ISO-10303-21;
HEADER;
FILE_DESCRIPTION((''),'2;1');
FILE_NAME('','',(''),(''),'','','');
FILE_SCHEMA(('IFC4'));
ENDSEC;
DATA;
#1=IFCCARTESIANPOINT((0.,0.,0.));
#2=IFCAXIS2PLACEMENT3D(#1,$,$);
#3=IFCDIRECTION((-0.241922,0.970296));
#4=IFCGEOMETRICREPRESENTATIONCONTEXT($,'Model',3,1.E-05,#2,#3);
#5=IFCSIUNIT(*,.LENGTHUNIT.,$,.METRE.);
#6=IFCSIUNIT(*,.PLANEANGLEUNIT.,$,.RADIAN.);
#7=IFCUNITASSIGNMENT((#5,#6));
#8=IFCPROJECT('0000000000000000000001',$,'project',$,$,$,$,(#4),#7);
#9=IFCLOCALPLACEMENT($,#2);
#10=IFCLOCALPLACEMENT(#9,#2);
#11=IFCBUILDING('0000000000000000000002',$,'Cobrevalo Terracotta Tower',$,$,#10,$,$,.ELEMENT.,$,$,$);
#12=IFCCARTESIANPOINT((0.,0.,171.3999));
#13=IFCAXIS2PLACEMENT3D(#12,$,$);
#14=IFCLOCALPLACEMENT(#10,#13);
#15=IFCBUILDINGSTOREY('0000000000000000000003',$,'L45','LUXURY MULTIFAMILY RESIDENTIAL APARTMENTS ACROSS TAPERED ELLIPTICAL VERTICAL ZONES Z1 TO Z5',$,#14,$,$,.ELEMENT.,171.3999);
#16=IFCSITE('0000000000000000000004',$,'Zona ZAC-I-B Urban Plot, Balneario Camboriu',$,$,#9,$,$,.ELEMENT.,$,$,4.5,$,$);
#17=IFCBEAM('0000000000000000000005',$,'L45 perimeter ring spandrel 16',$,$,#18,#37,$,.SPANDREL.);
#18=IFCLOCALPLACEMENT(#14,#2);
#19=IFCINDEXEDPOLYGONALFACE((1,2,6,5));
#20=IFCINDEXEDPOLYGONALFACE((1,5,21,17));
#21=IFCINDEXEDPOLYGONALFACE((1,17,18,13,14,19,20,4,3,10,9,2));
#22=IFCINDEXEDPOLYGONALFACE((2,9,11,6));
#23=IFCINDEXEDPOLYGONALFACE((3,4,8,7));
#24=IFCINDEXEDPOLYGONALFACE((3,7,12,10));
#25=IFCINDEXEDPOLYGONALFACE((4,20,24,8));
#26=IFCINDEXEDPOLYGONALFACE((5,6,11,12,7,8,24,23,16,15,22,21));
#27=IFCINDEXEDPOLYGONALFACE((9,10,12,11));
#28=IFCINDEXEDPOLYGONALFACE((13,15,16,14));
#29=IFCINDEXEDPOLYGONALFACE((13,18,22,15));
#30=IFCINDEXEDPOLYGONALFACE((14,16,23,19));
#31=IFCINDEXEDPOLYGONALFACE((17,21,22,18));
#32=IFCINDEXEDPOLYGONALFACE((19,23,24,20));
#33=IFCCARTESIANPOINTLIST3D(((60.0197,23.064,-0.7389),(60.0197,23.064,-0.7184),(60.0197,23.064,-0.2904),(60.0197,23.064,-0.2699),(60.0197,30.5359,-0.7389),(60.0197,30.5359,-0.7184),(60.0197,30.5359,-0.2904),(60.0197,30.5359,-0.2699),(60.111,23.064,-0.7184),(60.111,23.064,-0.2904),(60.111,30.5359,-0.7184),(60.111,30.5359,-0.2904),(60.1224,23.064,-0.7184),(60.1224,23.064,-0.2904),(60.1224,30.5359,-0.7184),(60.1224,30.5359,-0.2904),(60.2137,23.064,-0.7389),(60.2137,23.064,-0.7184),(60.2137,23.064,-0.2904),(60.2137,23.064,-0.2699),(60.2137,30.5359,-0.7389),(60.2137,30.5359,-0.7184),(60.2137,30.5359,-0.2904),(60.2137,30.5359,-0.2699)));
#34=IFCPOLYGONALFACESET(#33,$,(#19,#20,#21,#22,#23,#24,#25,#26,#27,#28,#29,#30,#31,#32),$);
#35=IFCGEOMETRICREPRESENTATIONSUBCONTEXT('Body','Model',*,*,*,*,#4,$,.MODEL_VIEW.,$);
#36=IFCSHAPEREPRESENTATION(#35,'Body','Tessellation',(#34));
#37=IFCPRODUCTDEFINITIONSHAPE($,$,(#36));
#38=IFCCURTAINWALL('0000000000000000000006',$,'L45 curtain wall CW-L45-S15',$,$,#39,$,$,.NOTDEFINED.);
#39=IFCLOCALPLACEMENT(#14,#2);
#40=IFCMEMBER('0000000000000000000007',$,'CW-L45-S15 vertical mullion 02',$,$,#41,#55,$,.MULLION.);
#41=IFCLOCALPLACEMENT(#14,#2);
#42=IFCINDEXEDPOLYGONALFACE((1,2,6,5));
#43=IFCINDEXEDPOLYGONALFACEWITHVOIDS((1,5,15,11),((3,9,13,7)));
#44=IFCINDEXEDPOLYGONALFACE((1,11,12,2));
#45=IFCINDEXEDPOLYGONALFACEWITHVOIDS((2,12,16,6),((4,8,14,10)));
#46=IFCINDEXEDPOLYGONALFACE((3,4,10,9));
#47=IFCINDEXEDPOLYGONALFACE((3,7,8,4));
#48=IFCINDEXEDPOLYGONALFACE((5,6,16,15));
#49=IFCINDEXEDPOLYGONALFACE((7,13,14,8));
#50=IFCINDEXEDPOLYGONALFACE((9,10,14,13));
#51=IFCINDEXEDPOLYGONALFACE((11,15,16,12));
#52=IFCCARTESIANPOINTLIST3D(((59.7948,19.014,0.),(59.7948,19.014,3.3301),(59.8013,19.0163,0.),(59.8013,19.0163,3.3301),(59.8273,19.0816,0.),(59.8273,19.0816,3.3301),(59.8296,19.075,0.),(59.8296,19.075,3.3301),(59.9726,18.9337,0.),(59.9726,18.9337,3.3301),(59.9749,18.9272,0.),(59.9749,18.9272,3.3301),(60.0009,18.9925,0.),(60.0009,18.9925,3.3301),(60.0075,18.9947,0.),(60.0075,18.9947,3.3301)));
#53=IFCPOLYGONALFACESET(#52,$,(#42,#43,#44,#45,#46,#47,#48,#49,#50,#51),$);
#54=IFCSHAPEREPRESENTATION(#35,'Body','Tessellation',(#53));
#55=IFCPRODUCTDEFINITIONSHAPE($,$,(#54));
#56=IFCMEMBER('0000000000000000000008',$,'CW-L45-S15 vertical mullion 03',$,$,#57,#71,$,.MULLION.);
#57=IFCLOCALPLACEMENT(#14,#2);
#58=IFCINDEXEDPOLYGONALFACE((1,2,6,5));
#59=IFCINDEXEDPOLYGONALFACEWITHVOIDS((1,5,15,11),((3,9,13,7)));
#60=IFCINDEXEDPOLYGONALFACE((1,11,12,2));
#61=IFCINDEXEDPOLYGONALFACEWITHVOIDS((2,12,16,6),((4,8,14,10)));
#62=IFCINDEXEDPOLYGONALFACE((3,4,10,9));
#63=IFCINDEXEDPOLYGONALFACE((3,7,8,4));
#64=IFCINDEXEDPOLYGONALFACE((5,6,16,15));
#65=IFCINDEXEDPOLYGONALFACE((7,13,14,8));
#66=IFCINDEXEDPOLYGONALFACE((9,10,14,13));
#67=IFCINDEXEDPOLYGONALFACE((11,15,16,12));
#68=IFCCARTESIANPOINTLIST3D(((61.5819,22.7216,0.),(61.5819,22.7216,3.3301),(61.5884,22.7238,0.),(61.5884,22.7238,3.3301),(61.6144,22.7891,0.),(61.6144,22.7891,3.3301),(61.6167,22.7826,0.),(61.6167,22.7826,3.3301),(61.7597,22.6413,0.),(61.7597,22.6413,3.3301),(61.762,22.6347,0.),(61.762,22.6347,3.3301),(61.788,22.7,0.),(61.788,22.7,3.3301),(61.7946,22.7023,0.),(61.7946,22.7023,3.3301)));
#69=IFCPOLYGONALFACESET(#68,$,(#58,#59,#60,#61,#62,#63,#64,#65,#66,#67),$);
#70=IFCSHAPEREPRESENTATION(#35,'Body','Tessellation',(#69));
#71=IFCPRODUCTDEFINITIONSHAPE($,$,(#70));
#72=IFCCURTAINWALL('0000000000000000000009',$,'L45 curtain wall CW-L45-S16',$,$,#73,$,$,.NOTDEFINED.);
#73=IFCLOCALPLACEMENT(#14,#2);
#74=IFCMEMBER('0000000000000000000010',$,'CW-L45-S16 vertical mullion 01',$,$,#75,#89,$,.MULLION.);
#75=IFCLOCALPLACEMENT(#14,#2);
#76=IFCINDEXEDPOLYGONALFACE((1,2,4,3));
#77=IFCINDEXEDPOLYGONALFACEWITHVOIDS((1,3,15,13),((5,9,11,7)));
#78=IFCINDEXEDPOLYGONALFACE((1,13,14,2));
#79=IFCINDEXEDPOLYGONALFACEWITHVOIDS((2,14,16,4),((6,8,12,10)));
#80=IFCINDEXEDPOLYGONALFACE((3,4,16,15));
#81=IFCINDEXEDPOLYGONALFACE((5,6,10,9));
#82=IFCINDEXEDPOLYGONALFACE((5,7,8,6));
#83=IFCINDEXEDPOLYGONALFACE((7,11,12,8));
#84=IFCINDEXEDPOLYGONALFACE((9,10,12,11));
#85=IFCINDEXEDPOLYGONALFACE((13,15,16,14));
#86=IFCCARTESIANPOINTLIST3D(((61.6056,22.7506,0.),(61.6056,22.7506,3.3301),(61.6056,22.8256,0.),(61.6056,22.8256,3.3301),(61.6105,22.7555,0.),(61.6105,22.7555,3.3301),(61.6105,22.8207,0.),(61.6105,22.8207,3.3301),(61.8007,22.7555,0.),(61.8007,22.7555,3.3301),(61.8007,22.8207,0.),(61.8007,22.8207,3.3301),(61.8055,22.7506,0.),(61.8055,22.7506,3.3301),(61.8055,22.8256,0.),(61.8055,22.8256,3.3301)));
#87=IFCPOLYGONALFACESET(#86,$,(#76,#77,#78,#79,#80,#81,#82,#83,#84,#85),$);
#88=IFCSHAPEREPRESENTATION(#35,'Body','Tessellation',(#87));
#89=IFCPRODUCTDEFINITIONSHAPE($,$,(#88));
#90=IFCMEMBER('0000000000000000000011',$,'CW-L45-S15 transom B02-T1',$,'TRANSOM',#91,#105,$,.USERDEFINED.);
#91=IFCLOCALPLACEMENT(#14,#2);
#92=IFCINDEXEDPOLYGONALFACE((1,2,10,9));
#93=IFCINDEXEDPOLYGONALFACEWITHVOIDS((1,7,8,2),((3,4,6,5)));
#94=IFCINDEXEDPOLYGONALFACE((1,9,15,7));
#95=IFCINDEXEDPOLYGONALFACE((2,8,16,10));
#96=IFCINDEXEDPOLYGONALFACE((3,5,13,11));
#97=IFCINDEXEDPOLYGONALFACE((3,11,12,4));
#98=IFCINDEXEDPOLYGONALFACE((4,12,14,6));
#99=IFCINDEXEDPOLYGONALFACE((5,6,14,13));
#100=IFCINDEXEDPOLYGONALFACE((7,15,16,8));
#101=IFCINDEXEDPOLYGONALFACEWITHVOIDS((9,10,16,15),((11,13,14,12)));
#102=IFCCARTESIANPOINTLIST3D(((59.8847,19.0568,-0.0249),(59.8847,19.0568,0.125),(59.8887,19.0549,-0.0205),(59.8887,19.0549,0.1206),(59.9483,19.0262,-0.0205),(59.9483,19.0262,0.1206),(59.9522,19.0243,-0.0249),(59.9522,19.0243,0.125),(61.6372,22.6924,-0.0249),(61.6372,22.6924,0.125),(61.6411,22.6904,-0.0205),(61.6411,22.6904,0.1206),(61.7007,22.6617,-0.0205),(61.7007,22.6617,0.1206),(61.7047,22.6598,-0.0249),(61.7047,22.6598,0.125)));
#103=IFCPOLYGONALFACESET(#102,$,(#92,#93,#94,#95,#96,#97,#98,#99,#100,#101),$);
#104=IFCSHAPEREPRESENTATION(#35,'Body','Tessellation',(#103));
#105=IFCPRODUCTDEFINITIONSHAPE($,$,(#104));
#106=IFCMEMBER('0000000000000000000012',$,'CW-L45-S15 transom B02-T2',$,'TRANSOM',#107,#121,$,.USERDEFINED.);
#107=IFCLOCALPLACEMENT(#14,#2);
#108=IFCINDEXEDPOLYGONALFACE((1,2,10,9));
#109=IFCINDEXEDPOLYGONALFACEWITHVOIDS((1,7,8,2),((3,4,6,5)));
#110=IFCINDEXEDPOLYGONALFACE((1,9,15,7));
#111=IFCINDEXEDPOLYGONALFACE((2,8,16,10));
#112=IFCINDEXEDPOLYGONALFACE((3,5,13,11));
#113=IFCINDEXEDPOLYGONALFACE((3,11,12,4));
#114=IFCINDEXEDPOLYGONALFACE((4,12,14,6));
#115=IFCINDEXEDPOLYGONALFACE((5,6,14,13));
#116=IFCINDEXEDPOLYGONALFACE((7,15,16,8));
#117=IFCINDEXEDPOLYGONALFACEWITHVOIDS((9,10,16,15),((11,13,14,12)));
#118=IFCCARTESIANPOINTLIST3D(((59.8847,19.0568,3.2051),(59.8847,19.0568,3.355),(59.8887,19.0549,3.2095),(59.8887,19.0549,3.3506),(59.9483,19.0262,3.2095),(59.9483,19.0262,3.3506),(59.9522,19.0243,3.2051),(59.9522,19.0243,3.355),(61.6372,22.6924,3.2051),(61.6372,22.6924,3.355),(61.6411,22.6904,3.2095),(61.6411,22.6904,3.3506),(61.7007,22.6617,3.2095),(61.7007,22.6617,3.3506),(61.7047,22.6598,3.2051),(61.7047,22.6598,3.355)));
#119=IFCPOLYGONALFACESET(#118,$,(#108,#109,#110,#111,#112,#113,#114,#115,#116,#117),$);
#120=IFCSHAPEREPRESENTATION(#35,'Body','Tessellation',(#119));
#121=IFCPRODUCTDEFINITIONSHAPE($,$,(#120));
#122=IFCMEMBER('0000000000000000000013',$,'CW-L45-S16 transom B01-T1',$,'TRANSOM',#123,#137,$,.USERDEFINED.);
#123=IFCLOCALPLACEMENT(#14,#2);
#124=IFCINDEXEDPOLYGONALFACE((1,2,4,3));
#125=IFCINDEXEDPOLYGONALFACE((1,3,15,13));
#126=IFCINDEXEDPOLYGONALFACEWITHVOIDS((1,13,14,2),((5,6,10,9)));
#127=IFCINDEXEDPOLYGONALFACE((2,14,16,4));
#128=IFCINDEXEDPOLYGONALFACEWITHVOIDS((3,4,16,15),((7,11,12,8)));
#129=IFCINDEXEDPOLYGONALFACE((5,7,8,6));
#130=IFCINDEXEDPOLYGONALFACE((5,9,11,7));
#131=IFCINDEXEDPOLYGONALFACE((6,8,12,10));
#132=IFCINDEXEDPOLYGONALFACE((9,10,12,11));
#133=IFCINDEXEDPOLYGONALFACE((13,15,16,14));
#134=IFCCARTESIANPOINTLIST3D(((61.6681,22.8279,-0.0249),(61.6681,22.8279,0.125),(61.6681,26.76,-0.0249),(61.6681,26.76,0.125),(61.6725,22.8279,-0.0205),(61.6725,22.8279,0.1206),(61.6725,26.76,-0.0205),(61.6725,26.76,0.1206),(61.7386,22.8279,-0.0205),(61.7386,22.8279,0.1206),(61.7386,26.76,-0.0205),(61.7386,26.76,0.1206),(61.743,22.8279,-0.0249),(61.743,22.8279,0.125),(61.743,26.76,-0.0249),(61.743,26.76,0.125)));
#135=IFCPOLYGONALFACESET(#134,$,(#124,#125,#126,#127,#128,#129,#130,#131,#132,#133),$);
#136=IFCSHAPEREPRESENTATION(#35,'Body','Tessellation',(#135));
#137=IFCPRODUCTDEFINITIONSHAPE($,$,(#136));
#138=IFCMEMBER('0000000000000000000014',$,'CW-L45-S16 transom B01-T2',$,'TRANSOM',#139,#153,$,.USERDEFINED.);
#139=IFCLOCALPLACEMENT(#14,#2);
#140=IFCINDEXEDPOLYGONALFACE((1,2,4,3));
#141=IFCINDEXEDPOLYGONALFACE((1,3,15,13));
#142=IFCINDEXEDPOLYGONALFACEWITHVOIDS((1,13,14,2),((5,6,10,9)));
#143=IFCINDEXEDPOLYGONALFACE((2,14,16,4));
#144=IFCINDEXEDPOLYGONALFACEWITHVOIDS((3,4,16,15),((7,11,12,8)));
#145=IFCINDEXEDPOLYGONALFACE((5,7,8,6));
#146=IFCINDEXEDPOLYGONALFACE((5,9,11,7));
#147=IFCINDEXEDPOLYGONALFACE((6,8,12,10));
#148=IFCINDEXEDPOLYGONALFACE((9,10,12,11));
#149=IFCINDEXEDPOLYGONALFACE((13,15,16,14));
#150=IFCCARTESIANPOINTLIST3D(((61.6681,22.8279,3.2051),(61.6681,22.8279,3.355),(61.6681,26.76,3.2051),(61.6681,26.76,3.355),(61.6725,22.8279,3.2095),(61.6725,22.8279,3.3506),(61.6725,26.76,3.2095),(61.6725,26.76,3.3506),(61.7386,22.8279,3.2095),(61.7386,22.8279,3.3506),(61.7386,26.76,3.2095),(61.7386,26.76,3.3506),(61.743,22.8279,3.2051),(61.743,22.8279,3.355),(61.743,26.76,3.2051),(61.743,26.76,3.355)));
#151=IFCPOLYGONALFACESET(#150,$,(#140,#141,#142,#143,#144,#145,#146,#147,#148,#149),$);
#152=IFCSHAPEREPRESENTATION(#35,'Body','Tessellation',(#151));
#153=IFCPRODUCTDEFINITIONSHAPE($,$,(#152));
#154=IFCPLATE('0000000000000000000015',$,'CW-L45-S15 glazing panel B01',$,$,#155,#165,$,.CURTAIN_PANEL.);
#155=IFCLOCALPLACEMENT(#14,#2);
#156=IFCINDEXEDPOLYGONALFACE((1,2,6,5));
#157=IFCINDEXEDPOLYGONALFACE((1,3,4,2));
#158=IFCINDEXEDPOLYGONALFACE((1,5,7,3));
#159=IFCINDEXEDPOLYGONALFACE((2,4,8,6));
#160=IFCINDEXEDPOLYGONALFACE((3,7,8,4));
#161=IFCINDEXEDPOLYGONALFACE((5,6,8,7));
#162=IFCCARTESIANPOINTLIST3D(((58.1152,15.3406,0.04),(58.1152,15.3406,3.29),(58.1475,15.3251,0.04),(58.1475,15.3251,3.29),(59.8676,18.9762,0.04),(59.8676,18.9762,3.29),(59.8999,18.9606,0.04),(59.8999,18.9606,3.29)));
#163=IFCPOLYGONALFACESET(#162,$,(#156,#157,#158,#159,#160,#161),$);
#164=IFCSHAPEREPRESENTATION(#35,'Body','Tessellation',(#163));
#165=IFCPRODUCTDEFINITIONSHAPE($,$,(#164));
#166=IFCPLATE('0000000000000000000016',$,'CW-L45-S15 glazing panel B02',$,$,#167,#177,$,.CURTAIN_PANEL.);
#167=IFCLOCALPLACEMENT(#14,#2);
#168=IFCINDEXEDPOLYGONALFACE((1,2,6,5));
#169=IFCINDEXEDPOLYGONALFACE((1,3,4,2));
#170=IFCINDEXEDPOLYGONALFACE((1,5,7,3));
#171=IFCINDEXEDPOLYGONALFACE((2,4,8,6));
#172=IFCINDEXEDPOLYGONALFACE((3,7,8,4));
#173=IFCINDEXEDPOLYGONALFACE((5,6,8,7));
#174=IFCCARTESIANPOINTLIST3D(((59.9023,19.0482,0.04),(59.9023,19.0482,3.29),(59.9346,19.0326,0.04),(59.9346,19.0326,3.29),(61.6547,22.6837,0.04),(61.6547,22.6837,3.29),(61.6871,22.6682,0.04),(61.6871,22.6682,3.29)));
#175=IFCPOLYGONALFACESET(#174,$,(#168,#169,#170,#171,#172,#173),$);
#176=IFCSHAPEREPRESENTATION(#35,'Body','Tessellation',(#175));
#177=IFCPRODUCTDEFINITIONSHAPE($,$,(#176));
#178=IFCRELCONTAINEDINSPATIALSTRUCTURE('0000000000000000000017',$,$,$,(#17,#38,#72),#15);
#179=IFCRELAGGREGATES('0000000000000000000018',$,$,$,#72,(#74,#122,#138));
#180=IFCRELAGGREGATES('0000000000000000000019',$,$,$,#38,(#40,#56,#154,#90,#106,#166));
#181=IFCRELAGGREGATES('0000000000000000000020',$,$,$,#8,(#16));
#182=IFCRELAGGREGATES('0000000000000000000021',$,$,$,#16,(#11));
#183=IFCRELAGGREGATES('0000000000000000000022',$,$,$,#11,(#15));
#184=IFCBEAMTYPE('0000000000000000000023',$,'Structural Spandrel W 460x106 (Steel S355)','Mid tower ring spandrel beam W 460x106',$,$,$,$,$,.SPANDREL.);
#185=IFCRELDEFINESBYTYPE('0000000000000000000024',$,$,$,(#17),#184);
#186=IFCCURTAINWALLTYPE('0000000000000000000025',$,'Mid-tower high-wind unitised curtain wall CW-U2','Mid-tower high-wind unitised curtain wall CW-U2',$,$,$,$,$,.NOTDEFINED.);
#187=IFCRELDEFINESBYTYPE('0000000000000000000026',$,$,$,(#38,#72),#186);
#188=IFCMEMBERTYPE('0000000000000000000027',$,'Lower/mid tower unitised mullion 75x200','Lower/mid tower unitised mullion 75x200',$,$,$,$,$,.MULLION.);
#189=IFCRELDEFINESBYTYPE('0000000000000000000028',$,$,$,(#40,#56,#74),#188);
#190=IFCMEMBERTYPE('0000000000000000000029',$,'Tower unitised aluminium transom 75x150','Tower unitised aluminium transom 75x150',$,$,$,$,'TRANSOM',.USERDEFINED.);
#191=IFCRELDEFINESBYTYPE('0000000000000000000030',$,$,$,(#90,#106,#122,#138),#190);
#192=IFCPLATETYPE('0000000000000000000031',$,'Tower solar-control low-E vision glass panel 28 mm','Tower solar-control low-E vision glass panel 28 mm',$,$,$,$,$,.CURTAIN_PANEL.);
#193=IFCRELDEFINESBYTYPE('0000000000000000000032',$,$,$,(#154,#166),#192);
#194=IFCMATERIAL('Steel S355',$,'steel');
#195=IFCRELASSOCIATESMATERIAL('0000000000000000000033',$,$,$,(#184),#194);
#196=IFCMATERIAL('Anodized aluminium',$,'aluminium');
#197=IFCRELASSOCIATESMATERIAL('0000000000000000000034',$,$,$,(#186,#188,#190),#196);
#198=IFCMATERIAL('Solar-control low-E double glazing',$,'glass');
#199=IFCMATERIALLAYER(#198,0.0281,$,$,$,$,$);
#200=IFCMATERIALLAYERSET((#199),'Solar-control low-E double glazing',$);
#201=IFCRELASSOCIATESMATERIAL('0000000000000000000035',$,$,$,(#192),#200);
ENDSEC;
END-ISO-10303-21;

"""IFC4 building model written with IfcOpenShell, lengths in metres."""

from ifc_helpers import new_model, si_unit, direction, frame, origin, origin_2d, place, context, subcontext, project, spatial, rectangle, hollow_rectangle, i_section, extrude, source, transform, mapped, material, layer, layer_set, material_profile, profile_set, type_object, element, aggregate, save


model = new_model("IFC4")

# Units and contexts
model_context = context("Model", 3, precision=1e-05, world=origin(), true_north=direction((-0.241922, 0.970296)))
body_context = subcontext(model_context, "Body", "Model", "MODEL_VIEW")
ifc_project = project(units=[si_unit("LENGTHUNIT", "METRE"), si_unit("PLANEANGLEUNIT", "RADIAN")], contexts=[model_context])

# Site, building, storey
site_placement = place(None, origin())
site = spatial("IfcSite", under=ifc_project, at=site_placement, Name="Zona ZAC-I-B Urban Plot, Balneario Camboriu", CompositionType="ELEMENT", RefElevation=4.5)
building_placement = place(site_placement, origin())
building = spatial("IfcBuilding", under=site, at=building_placement, Name="Cobrevalo Terracotta Tower", CompositionType="ELEMENT")
storey_placement = place(building_placement, frame((0.0, 0.0, 171.3999)))
storey = spatial("IfcBuildingStorey", under=building, at=storey_placement, Name="L45", Description="LUXURY MULTIFAMILY RESIDENTIAL APARTMENTS ACROSS TAPERED ELLIPTICAL VERTICAL ZONES Z1 TO Z5", CompositionType="ELEMENT", Elevation=171.3999)

# Shared definitions
ifc_material_1 = material(Name="Steel S355", Category="steel")

# Beam
ifc_material_profile_1 = material_profile(ifc_material_1, i_section(OverallWidth=0.1941, OverallDepth=0.469, WebThickness=0.0115, FlangeThickness=0.0205, at=origin_2d()), Name="W 460x106")
ifc_profile_set_1 = profile_set([ifc_material_profile_1], Name="Steel S355")
beam_type_1 = type_object("IfcBeamType", Name="Structural Spandrel W 460x106 (Steel S355)", Description="Mid tower ring spandrel beam W 460x106", PredefinedType="SPANDREL", material=ifc_profile_set_1)
beam_1_placement = place(storey_placement, frame((60.1167, 23.064, -0.5044), z_axis=(0.0, 1.0, 0.0), x_axis=(-1.0, 0.0, 0.0)))
element("IfcBeam", 1, at=beam_1_placement, inside=storey, type_object=beam_type_1, Name="L45 perimeter ring spandrel 16", PredefinedType="SPANDREL", context=body_context, shape_type="SweptSolid", body=[
    extrude(i_section(OverallWidth=0.1941, OverallDepth=0.469, WebThickness=0.0115, FlangeThickness=0.0205, at=origin_2d()), origin(), (0.0, 0.0, 1.0), 7.4719),
])

# Curtain wall, members
ifc_material_2 = material(Name="Anodized aluminium", Category="aluminium")
curtain_wall_type = type_object("IfcCurtainWallType", Name="Mid-tower high-wind unitised curtain wall CW-U2", Description="Mid-tower high-wind unitised curtain wall CW-U2", PredefinedType="NOTDEFINED", material=ifc_material_2)
curtain_wall_1_placement = place(storey_placement, origin())
curtain_wall_1 = element("IfcCurtainWall", 2, at=curtain_wall_1_placement, inside=storey, type_object=curtain_wall_type, Name="L45 curtain wall CW-L45-S15", PredefinedType="NOTDEFINED")
ifc_material_profile_2 = material_profile(ifc_material_2, hollow_rectangle(XDim=0.075, YDim=0.2, WallThickness=0.0049, at=origin_2d()), Name="CWM 75x200")
ifc_profile_set_2 = profile_set([ifc_material_profile_2], Name="Anodized aluminium")
member_type_1 = type_object("IfcMemberType", Name="Lower/mid tower unitised mullion 75x200", Description="Lower/mid tower unitised mullion 75x200", PredefinedType="MULLION", material=ifc_profile_set_2)
shared_shape_1 = source(origin(), body_context, "Body", "SweptSolid", [
    extrude(hollow_rectangle(XDim=0.075, YDim=0.2, WallThickness=0.0049, at=origin_2d()), origin(), (0.0, 0.0, 1.0), 3.3301),
])
member_1_placement = place(storey_placement, frame((59.9011, 19.0044, 0.0), z_axis=(0.0, 0.0, 1.0), x_axis=(0.434209, 0.900812, 0.0)))
member_1 = element("IfcMember", 3, at=member_1_placement, type_object=member_type_1, Name="CW-L45-S15 vertical mullion 02", PredefinedType="MULLION", context=body_context, shape_type="MappedRepresentation", body=[
    mapped(shared_shape_1, transform((0.0, 0.0, 0.0), scale=1.0)),
])
member_2_placement = place(storey_placement, frame((61.6882, 22.7119, 0.0), z_axis=(0.0, 0.0, 1.0), x_axis=(0.434209, 0.900812, 0.0)))
member_2 = element("IfcMember", 4, at=member_2_placement, type_object=member_type_1, Name="CW-L45-S15 vertical mullion 03", PredefinedType="MULLION", context=body_context, shape_type="MappedRepresentation", body=[
    mapped(shared_shape_1, transform((0.0, 0.0, 0.0), scale=1.0)),
])

# Curtain wall, member
curtain_wall_2_placement = place(storey_placement, origin())
curtain_wall_2 = element("IfcCurtainWall", 5, at=curtain_wall_2_placement, inside=storey, type_object=curtain_wall_type, Name="L45 curtain wall CW-L45-S16", PredefinedType="NOTDEFINED")
member_3_placement = place(storey_placement, frame((61.7056, 22.7881, 0.0), z_axis=(0.0, 0.0, 1.0), x_axis=(0.0, 1.0, 0.0)))
member_3 = element("IfcMember", 6, at=member_3_placement, type_object=member_type_1, Name="CW-L45-S16 vertical mullion 01", PredefinedType="MULLION", context=body_context, shape_type="MappedRepresentation", body=[
    mapped(shared_shape_1, transform((0.0, 0.0, 0.0), scale=1.0)),
])

# Members
ifc_material_profile_3 = material_profile(ifc_material_2, hollow_rectangle(XDim=0.075, YDim=0.1499, WallThickness=0.0044, at=origin_2d()), Name="CWT 75x150")
ifc_profile_set_3 = profile_set([ifc_material_profile_3], Name="Anodized aluminium")
member_type_2 = type_object("IfcMemberType", Name="Tower unitised aluminium transom 75x150", Description="Tower unitised aluminium transom 75x150", ElementType="TRANSOM", PredefinedType="USERDEFINED", material=ifc_profile_set_3)
shared_shape_2 = source(origin(), body_context, "Body", "SweptSolid", [
    extrude(hollow_rectangle(XDim=0.075, YDim=0.1499, WallThickness=0.0044, at=origin_2d()), origin(), (0.0, 0.0, 1.0), 4.0359),
])
member_4_placement = place(storey_placement, frame((59.9185, 19.0405, 0.05), z_axis=(0.434221, 0.900806, 0.0), x_axis=(-0.900806, 0.434221, 0.0)))
member_4 = element("IfcMember", 7, at=member_4_placement, type_object=member_type_2, Name="CW-L45-S15 transom B02-T1", ObjectType="TRANSOM", PredefinedType="USERDEFINED", context=body_context, shape_type="MappedRepresentation", body=[
    mapped(shared_shape_2, transform((0.0, 0.0, 0.0), scale=1.0)),
])
member_5_placement = place(storey_placement, frame((59.9185, 19.0405, 3.28), z_axis=(0.434221, 0.900806, 0.0), x_axis=(-0.900806, 0.434221, 0.0)))
member_5 = element("IfcMember", 8, at=member_5_placement, type_object=member_type_2, Name="CW-L45-S15 transom B02-T2", ObjectType="TRANSOM", PredefinedType="USERDEFINED", context=body_context, shape_type="MappedRepresentation", body=[
    mapped(shared_shape_2, transform((0.0, 0.0, 0.0), scale=1.0)),
])
shared_shape_3 = source(origin(), body_context, "Body", "SweptSolid", [
    extrude(hollow_rectangle(XDim=0.075, YDim=0.1499, WallThickness=0.0044, at=origin_2d()), origin(), (0.0, 0.0, 1.0), 3.9321),
])
member_6_placement = place(storey_placement, frame((61.7056, 22.8279, 0.05), z_axis=(0.0, 1.0, 0.0), x_axis=(-1.0, 0.0, 0.0)))
member_6 = element("IfcMember", 9, at=member_6_placement, type_object=member_type_2, Name="CW-L45-S16 transom B01-T1", ObjectType="TRANSOM", PredefinedType="USERDEFINED", context=body_context, shape_type="MappedRepresentation", body=[
    mapped(shared_shape_3, transform((0.0, 0.0, 0.0), scale=1.0)),
])
member_7_placement = place(storey_placement, frame((61.7056, 22.8279, 3.28), z_axis=(0.0, 1.0, 0.0), x_axis=(-1.0, 0.0, 0.0)))
member_7 = element("IfcMember", 10, at=member_7_placement, type_object=member_type_2, Name="CW-L45-S16 transom B01-T2", ObjectType="TRANSOM", PredefinedType="USERDEFINED", context=body_context, shape_type="MappedRepresentation", body=[
    mapped(shared_shape_3, transform((0.0, 0.0, 0.0), scale=1.0)),
])
aggregate(curtain_wall_2, [member_3, member_6, member_7])

# Plates
ifc_material_3 = material(Name="Solar-control low-E double glazing", Category="glass")
ifc_layer_1 = layer(ifc_material_3, 0.0281)
ifc_layer_set_1 = layer_set([ifc_layer_1], Name="Solar-control low-E double glazing")
plate_type = type_object("IfcPlateType", Name="Tower solar-control low-E vision glass panel 28 mm", Description="Tower solar-control low-E vision glass panel 28 mm", PredefinedType="CURTAIN_PANEL", material=ifc_layer_set_1)
shared_shape_4 = source(origin(), body_context, "Body", "SweptSolid", [
    extrude(rectangle(XDim=4.0359, YDim=0.0359, at=origin_2d()), origin(), (0.0, 0.0, 1.0), 3.25),
])
plate_1_placement = place(storey_placement, frame((59.0076, 17.1506, 0.04), z_axis=(0.0, 0.0, 1.0), x_axis=(0.434209, 0.900812, 0.0)))
plate_1 = element("IfcPlate", 11, at=plate_1_placement, type_object=plate_type, Name="CW-L45-S15 glazing panel B01", PredefinedType="CURTAIN_PANEL", context=body_context, shape_type="MappedRepresentation", body=[
    mapped(shared_shape_4, transform((0.0, 0.0, 0.0), scale=1.0)),
])
plate_2_placement = place(storey_placement, frame((60.7947, 20.8582, 0.04), z_axis=(0.0, 0.0, 1.0), x_axis=(0.434209, 0.900812, 0.0)))
plate_2 = element("IfcPlate", 12, at=plate_2_placement, type_object=plate_type, Name="CW-L45-S15 glazing panel B02", PredefinedType="CURTAIN_PANEL", context=body_context, shape_type="MappedRepresentation", body=[
    mapped(shared_shape_4, transform((0.0, 0.0, 0.0), scale=1.0)),
])
aggregate(curtain_wall_1, [member_1, member_2, plate_1, member_4, member_5, plate_2])

save(model, "model.ifc")
